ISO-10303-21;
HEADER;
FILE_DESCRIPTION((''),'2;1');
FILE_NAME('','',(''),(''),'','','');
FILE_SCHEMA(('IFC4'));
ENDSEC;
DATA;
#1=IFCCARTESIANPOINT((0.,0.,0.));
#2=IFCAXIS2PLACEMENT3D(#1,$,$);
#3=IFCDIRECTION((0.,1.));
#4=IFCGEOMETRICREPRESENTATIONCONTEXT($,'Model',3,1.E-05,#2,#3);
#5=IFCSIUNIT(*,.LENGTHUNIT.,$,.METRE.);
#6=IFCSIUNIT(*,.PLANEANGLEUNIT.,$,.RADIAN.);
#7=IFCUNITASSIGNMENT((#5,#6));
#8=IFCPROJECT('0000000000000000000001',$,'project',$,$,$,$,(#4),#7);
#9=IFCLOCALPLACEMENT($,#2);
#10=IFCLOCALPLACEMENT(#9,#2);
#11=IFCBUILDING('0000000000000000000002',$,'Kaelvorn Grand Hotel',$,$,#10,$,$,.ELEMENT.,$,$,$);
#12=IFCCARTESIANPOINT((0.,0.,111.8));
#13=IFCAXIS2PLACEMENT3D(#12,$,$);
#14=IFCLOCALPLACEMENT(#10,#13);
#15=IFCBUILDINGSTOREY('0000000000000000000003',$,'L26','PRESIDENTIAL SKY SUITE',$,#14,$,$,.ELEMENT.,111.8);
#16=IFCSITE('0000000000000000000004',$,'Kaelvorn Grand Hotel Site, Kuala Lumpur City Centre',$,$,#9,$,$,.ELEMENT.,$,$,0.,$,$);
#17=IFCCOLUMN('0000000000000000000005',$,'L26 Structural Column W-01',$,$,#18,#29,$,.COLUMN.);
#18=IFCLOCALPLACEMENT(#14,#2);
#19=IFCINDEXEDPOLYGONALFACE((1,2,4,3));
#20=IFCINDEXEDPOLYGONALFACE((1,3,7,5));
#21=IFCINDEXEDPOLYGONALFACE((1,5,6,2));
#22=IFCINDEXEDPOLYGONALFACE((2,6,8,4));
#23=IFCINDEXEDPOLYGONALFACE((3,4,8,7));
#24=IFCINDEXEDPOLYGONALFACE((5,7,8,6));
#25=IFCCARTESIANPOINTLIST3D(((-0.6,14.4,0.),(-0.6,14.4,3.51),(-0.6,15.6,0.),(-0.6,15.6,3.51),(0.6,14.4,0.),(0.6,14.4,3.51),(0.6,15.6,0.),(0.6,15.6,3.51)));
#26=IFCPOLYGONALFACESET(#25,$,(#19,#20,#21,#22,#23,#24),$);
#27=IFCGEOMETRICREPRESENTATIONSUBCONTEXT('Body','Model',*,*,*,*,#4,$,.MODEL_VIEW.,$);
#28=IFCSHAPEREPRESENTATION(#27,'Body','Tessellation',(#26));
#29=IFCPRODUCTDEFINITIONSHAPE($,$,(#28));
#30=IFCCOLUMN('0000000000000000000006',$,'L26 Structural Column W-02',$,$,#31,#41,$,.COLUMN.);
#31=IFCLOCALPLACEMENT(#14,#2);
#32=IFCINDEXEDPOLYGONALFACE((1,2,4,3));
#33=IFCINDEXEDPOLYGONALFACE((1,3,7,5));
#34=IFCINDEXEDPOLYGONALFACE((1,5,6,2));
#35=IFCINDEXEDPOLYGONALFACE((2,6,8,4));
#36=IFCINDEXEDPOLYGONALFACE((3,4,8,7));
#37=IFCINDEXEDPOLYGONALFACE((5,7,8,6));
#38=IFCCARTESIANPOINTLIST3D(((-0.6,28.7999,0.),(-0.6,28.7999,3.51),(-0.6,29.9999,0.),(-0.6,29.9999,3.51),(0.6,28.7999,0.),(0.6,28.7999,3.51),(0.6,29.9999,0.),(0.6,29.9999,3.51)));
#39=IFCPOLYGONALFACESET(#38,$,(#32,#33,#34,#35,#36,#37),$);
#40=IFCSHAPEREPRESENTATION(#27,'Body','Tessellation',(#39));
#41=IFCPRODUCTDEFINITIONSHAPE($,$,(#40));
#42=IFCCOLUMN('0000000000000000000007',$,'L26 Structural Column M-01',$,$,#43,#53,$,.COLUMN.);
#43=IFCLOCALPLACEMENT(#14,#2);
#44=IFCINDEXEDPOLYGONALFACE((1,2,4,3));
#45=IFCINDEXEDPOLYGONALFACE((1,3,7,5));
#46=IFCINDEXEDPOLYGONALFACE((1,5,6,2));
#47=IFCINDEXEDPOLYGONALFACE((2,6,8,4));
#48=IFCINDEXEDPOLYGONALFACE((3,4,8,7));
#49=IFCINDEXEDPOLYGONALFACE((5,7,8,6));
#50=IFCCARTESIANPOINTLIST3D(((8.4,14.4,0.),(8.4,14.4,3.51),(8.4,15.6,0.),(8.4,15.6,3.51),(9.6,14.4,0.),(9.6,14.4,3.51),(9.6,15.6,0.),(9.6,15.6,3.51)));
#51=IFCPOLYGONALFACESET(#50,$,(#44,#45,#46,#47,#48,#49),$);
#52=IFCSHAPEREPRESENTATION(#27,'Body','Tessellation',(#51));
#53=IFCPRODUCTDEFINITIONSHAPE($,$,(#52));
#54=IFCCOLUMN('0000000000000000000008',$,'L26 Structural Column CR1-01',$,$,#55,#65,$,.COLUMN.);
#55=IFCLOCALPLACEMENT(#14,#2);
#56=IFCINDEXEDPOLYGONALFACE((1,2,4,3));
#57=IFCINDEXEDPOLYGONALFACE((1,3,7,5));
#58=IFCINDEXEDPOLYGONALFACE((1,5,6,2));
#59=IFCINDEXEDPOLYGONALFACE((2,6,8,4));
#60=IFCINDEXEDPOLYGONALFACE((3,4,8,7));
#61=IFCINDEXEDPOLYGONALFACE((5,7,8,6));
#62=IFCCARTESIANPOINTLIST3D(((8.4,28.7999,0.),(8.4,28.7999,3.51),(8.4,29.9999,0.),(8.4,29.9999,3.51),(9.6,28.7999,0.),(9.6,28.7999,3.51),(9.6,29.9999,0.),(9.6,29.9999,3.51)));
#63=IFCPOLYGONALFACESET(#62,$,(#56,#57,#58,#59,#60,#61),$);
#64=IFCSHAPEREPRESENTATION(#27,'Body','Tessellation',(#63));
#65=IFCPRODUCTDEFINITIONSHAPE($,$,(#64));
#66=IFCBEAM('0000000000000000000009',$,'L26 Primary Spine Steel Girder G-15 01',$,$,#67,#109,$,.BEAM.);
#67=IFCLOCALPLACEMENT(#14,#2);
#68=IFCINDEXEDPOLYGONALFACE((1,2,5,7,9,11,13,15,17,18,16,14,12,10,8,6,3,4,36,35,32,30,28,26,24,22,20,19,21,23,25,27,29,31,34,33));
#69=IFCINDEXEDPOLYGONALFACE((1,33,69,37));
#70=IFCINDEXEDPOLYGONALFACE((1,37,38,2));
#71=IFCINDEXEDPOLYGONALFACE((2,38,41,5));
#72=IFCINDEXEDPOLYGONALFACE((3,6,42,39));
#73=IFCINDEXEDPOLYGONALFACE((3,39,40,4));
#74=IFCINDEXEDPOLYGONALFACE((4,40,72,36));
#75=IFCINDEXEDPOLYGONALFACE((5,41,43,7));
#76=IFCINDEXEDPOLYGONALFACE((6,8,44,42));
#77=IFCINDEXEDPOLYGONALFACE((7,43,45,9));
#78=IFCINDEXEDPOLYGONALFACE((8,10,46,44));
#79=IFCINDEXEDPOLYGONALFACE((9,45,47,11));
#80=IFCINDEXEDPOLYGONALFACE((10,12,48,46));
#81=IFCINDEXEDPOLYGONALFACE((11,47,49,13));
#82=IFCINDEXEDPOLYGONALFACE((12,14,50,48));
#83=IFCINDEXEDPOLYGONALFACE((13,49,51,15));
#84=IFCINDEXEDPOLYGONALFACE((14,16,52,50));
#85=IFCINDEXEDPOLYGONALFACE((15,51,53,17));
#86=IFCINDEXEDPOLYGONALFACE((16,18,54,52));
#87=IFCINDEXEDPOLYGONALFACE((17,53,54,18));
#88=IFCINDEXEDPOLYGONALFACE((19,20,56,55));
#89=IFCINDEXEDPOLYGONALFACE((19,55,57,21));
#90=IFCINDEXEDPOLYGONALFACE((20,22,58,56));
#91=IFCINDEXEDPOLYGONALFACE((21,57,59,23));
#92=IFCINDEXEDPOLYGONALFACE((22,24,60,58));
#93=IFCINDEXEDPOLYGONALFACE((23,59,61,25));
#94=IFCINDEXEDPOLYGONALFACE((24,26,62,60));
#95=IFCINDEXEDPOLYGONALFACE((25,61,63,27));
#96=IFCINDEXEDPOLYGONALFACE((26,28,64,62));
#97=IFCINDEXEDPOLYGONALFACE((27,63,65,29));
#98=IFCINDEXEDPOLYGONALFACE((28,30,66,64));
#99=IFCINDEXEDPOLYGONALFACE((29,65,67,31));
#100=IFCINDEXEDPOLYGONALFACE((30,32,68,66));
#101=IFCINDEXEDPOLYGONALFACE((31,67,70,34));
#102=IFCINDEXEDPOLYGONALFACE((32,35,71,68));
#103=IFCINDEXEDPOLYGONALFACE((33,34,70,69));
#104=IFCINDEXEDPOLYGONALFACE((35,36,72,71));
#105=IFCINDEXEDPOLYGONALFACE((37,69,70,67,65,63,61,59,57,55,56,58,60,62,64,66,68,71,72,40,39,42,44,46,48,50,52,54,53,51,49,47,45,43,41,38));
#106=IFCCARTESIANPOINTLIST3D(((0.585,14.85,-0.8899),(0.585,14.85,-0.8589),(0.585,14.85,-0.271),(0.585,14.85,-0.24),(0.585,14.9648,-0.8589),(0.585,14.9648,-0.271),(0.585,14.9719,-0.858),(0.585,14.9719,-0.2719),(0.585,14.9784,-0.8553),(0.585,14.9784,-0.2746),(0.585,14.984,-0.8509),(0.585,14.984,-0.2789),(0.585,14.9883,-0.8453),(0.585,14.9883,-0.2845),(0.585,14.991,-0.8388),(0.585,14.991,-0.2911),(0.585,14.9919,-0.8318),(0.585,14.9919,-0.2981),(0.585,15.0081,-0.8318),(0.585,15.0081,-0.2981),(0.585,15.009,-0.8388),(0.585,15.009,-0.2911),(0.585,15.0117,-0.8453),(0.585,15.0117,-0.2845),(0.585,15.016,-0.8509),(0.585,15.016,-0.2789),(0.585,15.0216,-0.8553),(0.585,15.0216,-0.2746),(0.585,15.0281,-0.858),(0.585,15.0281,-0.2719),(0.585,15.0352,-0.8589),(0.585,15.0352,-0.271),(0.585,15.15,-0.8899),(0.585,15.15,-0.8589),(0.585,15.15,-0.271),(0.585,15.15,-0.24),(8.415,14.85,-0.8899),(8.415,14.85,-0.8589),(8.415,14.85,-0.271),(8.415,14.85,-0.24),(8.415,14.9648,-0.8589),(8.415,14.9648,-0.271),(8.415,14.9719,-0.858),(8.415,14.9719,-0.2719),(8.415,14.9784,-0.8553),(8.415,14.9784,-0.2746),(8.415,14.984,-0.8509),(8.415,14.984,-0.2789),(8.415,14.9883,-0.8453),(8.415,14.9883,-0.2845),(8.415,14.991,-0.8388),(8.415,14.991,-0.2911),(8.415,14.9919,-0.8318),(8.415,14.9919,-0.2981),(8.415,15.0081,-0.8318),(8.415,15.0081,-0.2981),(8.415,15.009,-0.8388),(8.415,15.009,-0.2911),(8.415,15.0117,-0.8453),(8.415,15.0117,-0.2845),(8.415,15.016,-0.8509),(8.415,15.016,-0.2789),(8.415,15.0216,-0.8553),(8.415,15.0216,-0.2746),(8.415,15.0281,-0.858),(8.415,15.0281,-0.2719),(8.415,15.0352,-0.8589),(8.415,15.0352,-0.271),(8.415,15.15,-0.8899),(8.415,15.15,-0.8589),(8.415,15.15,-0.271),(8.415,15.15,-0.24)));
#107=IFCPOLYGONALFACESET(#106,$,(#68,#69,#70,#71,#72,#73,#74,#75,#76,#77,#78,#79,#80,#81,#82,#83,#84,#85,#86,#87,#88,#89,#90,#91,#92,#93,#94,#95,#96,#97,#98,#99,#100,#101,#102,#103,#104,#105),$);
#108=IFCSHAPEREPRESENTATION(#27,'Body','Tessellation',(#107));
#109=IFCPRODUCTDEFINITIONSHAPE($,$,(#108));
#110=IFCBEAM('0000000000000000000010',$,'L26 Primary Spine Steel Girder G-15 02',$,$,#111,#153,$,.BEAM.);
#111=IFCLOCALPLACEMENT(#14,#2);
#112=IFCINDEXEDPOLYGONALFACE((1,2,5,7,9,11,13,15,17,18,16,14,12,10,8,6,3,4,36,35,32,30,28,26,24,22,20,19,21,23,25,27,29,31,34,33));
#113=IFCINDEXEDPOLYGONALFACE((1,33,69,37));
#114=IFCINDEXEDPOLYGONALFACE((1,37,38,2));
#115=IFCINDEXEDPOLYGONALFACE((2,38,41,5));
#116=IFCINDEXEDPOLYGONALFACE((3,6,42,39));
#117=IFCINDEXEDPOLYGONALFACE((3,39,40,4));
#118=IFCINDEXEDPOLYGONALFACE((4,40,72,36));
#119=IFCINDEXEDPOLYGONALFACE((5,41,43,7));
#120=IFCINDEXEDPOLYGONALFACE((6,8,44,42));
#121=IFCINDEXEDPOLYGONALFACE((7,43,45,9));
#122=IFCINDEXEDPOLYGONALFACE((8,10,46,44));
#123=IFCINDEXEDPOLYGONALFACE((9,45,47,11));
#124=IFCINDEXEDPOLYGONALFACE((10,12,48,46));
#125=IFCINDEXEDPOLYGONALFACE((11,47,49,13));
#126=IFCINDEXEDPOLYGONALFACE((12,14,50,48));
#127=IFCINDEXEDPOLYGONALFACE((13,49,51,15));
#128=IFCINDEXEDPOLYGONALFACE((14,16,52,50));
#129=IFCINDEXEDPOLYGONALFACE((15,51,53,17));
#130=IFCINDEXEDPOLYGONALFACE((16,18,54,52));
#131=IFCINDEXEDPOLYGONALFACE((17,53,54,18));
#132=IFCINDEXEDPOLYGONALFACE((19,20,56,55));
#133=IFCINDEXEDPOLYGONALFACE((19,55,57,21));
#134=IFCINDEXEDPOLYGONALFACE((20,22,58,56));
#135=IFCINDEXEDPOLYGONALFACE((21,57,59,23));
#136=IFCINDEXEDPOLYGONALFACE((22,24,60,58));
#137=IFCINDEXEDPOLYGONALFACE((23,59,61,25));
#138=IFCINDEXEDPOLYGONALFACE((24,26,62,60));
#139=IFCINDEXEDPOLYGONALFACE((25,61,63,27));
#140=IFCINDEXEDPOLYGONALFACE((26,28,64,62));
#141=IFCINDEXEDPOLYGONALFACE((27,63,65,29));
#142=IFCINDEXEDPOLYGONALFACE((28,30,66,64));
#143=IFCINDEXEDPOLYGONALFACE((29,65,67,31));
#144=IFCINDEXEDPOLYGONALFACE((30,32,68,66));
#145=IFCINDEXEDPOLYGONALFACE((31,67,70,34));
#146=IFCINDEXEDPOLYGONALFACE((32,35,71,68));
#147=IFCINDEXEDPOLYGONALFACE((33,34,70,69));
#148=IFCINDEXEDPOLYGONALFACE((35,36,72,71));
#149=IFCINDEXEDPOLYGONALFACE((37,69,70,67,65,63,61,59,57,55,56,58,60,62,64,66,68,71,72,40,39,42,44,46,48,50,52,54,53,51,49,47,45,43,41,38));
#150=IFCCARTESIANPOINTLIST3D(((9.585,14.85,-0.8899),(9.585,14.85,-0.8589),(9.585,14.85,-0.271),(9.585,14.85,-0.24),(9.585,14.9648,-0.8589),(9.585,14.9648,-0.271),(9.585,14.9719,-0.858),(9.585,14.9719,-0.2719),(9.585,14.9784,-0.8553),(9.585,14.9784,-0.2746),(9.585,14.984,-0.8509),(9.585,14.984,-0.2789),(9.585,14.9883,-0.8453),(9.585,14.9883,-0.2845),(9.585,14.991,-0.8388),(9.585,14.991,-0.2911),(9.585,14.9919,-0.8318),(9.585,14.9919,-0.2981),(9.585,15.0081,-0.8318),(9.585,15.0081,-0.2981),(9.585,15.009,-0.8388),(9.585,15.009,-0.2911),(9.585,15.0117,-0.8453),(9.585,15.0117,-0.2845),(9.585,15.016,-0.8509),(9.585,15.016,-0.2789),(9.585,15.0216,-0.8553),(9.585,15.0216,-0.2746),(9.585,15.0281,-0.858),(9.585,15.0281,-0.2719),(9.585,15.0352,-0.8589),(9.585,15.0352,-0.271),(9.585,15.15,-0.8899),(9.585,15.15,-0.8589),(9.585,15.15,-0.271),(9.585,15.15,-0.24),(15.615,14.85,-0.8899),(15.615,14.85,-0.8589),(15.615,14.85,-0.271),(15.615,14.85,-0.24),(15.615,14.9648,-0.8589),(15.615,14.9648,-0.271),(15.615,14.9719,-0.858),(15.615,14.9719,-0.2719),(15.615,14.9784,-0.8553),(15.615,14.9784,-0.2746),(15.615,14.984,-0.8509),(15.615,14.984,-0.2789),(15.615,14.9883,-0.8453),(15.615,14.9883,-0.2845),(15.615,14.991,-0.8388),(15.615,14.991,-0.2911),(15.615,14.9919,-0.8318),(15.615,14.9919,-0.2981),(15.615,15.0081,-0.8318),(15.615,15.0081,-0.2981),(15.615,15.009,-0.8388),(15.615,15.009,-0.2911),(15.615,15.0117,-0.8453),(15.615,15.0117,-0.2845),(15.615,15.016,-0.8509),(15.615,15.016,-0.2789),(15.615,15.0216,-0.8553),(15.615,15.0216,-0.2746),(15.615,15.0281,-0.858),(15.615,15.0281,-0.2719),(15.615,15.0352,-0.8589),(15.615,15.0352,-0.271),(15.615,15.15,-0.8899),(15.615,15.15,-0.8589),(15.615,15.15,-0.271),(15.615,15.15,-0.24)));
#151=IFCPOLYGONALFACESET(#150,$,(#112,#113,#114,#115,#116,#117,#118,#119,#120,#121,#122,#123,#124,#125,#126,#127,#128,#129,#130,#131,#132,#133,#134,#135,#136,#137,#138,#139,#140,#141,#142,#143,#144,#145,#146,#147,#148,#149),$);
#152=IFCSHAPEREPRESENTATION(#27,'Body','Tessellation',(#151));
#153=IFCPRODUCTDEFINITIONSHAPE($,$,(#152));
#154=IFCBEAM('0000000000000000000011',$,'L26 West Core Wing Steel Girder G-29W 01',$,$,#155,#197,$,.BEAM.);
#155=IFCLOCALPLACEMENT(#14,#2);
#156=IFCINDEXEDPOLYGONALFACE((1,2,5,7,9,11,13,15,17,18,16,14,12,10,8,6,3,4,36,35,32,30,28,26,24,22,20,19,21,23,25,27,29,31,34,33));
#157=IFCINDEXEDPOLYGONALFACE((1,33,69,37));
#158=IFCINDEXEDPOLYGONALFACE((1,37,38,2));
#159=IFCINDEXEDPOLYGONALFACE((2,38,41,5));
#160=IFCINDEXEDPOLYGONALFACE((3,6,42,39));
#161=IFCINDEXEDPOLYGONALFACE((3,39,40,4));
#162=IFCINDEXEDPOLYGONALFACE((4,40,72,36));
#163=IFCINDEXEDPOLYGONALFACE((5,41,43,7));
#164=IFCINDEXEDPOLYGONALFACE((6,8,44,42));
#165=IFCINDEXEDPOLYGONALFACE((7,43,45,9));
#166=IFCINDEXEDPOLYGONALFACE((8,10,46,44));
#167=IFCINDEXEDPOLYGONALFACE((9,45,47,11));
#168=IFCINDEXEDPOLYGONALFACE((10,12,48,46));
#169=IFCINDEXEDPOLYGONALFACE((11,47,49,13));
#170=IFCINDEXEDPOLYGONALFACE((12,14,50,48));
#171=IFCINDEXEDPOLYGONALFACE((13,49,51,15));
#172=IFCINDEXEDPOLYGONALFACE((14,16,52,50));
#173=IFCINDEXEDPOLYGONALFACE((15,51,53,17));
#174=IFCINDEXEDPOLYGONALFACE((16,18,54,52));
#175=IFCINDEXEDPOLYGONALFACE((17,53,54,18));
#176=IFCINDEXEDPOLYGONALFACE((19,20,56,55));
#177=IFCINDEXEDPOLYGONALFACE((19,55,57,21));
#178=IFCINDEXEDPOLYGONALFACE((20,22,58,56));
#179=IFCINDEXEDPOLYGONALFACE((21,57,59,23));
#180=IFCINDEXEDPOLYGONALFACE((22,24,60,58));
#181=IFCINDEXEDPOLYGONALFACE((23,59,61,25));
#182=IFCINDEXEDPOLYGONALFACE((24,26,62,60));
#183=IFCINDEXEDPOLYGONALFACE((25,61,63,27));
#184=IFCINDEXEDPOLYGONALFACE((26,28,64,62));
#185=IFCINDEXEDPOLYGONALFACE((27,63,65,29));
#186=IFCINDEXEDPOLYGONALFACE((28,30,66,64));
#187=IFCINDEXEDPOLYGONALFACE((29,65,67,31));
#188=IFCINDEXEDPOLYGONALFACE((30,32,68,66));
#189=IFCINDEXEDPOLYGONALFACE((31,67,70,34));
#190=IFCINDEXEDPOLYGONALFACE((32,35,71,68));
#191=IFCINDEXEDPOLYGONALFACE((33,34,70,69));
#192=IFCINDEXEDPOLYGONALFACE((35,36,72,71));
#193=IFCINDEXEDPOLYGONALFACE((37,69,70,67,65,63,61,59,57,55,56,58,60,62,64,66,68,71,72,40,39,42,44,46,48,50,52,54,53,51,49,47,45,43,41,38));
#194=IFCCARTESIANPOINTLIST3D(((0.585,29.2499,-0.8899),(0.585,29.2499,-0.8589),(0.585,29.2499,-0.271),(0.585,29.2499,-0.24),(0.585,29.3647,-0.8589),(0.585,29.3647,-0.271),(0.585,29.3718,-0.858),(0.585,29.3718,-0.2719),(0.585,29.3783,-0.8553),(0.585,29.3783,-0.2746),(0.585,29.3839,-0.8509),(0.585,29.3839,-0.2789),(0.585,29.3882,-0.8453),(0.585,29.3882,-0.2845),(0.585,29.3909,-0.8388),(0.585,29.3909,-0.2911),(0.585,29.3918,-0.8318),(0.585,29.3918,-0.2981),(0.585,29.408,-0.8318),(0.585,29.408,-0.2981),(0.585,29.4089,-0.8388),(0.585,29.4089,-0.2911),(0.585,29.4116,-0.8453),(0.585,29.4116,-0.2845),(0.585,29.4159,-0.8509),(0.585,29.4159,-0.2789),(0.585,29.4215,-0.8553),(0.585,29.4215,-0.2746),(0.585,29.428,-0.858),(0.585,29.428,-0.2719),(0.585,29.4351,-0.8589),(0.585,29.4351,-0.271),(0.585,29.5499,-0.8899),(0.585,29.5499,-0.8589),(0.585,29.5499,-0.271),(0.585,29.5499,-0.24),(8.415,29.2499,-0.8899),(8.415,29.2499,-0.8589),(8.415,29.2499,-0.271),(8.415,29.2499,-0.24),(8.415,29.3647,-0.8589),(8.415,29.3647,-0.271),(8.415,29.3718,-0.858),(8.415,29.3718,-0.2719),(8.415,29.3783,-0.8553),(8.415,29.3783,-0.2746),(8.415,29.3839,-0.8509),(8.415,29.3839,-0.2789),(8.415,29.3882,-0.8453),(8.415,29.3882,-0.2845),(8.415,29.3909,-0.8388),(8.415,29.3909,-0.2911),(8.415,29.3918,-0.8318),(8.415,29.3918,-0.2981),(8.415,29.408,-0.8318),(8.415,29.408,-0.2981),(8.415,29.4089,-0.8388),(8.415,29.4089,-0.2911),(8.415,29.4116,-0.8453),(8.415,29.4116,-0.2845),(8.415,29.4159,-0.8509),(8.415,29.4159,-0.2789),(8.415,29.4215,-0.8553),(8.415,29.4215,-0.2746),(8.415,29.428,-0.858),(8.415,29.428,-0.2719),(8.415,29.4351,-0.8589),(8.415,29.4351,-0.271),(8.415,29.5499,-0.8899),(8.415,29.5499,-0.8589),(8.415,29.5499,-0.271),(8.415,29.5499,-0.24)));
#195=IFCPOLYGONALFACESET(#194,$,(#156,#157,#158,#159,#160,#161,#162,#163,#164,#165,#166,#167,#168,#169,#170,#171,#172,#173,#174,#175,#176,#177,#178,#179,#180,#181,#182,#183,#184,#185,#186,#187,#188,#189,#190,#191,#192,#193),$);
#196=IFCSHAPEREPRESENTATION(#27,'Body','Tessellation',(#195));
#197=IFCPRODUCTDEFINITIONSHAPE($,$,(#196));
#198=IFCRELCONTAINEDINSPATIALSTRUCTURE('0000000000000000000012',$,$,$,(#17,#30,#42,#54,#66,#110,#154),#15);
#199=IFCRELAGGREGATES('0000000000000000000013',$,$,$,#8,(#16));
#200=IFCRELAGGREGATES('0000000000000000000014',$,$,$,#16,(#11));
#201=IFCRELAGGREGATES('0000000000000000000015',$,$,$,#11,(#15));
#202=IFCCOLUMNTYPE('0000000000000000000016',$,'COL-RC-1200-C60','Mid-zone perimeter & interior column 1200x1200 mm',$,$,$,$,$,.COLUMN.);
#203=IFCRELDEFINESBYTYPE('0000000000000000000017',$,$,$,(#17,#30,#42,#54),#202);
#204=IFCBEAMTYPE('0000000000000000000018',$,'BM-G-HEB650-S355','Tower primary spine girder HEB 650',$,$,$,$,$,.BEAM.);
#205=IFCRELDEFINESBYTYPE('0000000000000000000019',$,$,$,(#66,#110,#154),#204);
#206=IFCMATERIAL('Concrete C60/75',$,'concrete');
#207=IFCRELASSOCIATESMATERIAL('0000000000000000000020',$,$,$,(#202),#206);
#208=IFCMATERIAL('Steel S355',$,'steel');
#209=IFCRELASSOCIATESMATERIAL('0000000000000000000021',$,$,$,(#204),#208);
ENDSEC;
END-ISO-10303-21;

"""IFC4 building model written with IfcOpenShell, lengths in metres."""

from ifc_helpers import new_model, si_unit, direction, frame, origin, origin_2d, place, context, subcontext, project, spatial, rectangle, i_section, extrude, material, material_profile, profile_set, type_object, element, save


model = new_model("IFC4")

# Units and contexts
model_context = context("Model", 3, precision=1e-05, world=origin(), true_north=direction((0.0, 1.0)))
body_context = subcontext(model_context, "Body", "Model", "MODEL_VIEW")
ifc_project = project(units=[si_unit("LENGTHUNIT", "METRE"), si_unit("PLANEANGLEUNIT", "RADIAN")], contexts=[model_context])

# Site, building, storey
site_placement = place(None, origin())
site = spatial("IfcSite", under=ifc_project, at=site_placement, Name="Kaelvorn Grand Hotel Site, Kuala Lumpur City Centre", CompositionType="ELEMENT", RefElevation=0.0)
building_placement = place(site_placement, origin())
building = spatial("IfcBuilding", under=site, at=building_placement, Name="Kaelvorn Grand Hotel", CompositionType="ELEMENT")
storey_placement = place(building_placement, frame((0.0, 0.0, 111.8)))
storey = spatial("IfcBuildingStorey", under=building, at=storey_placement, Name="L26", Description="PRESIDENTIAL SKY SUITE", CompositionType="ELEMENT", Elevation=111.8)

# Columns
ifc_material_1 = material(Name="Concrete C60/75", Category="concrete")
ifc_material_profile_1 = material_profile(ifc_material_1, rectangle(XDim=1.2, YDim=1.2, at=origin_2d()), Name="RC COL 1200x1200")
ifc_profile_set_1 = profile_set([ifc_material_profile_1], Name="Concrete C60/75")
column_type = type_object("IfcColumnType", Name="COL-RC-1200-C60", Description="Mid-zone perimeter & interior column 1200x1200 mm", PredefinedType="COLUMN", material=ifc_profile_set_1)
for number, where, z_axis, x_axis, name in (
    (1, (0.0, 15.0, 0.0), (0.0, 0.0, 1.0), (1.0, 0.0, 0.0), "L26 Structural Column W-01"),
    (2, (0.0, 29.3999, 0.0), (0.0, 0.0, 1.0), (1.0, 0.0, 0.0), "L26 Structural Column W-02"),
    (3, (9.0, 15.0, 0.0), (0.0, 0.0, 1.0), (1.0, 0.0, 0.0), "L26 Structural Column M-01"),
    (4, (9.0, 29.3999, 0.0), (0.0, 0.0, 1.0), (1.0, 0.0, 0.0), "L26 Structural Column CR1-01"),
):
    element("IfcColumn", number, at=place(storey_placement, frame(where, z_axis=z_axis, x_axis=x_axis)), inside=storey, type_object=column_type, Name=name, PredefinedType="COLUMN", context=body_context, shape_type="SweptSolid", body=[
        extrude(rectangle(XDim=1.2, YDim=1.2, at=origin_2d()), origin(), (0.0, 0.0, 1.0), 3.51),
    ])

# Beams
ifc_material_2 = material(Name="Steel S355", Category="steel")
ifc_material_profile_2 = material_profile(ifc_material_2, i_section(OverallWidth=0.3, OverallDepth=0.6499, WebThickness=0.0161, FlangeThickness=0.031, FilletRadius=0.0271, at=origin_2d()), Name="HEB 650")
ifc_profile_set_2 = profile_set([ifc_material_profile_2], Name="Steel S355")
beam_type_1 = type_object("IfcBeamType", Name="BM-G-HEB650-S355", Description="Tower primary spine girder HEB 650", PredefinedType="BEAM", material=ifc_profile_set_2)
beam_1_placement = place(storey_placement, frame((0.585, 15.0, -0.5649), z_axis=(1.0, 0.0, 0.0), x_axis=(0.0, 1.0, 0.0)))
element("IfcBeam", 5, at=beam_1_placement, inside=storey, type_object=beam_type_1, Name="L26 Primary Spine Steel Girder G-15 01", PredefinedType="BEAM", context=body_context, shape_type="SweptSolid", body=[
    extrude(i_section(OverallWidth=0.3, OverallDepth=0.6499, WebThickness=0.0161, FlangeThickness=0.031, FilletRadius=0.0271, at=origin_2d()), origin(), (0.0, 0.0, 1.0), 7.8301),
])
beam_2_placement = place(storey_placement, frame((9.585, 15.0, -0.5649), z_axis=(1.0, 0.0, 0.0), x_axis=(0.0, 1.0, 0.0)))
element("IfcBeam", 6, at=beam_2_placement, inside=storey, type_object=beam_type_1, Name="L26 Primary Spine Steel Girder G-15 02", PredefinedType="BEAM", context=body_context, shape_type="SweptSolid", body=[
    extrude(i_section(OverallWidth=0.3, OverallDepth=0.6499, WebThickness=0.0161, FlangeThickness=0.031, FilletRadius=0.0271, at=origin_2d()), origin(), (0.0, 0.0, 1.0), 6.03),
])
beam_3_placement = place(storey_placement, frame((0.585, 29.3999, -0.5649), z_axis=(1.0, 0.0, 0.0), x_axis=(0.0, 1.0, 0.0)))
element("IfcBeam", 7, at=beam_3_placement, inside=storey, type_object=beam_type_1, Name="L26 West Core Wing Steel Girder G-29W 01", PredefinedType="BEAM", context=body_context, shape_type="SweptSolid", body=[
    extrude(i_section(OverallWidth=0.3, OverallDepth=0.6499, WebThickness=0.0161, FlangeThickness=0.031, FilletRadius=0.0271, at=origin_2d()), origin(), (0.0, 0.0, 1.0), 7.8301),
])

save(model, "model.ifc")
